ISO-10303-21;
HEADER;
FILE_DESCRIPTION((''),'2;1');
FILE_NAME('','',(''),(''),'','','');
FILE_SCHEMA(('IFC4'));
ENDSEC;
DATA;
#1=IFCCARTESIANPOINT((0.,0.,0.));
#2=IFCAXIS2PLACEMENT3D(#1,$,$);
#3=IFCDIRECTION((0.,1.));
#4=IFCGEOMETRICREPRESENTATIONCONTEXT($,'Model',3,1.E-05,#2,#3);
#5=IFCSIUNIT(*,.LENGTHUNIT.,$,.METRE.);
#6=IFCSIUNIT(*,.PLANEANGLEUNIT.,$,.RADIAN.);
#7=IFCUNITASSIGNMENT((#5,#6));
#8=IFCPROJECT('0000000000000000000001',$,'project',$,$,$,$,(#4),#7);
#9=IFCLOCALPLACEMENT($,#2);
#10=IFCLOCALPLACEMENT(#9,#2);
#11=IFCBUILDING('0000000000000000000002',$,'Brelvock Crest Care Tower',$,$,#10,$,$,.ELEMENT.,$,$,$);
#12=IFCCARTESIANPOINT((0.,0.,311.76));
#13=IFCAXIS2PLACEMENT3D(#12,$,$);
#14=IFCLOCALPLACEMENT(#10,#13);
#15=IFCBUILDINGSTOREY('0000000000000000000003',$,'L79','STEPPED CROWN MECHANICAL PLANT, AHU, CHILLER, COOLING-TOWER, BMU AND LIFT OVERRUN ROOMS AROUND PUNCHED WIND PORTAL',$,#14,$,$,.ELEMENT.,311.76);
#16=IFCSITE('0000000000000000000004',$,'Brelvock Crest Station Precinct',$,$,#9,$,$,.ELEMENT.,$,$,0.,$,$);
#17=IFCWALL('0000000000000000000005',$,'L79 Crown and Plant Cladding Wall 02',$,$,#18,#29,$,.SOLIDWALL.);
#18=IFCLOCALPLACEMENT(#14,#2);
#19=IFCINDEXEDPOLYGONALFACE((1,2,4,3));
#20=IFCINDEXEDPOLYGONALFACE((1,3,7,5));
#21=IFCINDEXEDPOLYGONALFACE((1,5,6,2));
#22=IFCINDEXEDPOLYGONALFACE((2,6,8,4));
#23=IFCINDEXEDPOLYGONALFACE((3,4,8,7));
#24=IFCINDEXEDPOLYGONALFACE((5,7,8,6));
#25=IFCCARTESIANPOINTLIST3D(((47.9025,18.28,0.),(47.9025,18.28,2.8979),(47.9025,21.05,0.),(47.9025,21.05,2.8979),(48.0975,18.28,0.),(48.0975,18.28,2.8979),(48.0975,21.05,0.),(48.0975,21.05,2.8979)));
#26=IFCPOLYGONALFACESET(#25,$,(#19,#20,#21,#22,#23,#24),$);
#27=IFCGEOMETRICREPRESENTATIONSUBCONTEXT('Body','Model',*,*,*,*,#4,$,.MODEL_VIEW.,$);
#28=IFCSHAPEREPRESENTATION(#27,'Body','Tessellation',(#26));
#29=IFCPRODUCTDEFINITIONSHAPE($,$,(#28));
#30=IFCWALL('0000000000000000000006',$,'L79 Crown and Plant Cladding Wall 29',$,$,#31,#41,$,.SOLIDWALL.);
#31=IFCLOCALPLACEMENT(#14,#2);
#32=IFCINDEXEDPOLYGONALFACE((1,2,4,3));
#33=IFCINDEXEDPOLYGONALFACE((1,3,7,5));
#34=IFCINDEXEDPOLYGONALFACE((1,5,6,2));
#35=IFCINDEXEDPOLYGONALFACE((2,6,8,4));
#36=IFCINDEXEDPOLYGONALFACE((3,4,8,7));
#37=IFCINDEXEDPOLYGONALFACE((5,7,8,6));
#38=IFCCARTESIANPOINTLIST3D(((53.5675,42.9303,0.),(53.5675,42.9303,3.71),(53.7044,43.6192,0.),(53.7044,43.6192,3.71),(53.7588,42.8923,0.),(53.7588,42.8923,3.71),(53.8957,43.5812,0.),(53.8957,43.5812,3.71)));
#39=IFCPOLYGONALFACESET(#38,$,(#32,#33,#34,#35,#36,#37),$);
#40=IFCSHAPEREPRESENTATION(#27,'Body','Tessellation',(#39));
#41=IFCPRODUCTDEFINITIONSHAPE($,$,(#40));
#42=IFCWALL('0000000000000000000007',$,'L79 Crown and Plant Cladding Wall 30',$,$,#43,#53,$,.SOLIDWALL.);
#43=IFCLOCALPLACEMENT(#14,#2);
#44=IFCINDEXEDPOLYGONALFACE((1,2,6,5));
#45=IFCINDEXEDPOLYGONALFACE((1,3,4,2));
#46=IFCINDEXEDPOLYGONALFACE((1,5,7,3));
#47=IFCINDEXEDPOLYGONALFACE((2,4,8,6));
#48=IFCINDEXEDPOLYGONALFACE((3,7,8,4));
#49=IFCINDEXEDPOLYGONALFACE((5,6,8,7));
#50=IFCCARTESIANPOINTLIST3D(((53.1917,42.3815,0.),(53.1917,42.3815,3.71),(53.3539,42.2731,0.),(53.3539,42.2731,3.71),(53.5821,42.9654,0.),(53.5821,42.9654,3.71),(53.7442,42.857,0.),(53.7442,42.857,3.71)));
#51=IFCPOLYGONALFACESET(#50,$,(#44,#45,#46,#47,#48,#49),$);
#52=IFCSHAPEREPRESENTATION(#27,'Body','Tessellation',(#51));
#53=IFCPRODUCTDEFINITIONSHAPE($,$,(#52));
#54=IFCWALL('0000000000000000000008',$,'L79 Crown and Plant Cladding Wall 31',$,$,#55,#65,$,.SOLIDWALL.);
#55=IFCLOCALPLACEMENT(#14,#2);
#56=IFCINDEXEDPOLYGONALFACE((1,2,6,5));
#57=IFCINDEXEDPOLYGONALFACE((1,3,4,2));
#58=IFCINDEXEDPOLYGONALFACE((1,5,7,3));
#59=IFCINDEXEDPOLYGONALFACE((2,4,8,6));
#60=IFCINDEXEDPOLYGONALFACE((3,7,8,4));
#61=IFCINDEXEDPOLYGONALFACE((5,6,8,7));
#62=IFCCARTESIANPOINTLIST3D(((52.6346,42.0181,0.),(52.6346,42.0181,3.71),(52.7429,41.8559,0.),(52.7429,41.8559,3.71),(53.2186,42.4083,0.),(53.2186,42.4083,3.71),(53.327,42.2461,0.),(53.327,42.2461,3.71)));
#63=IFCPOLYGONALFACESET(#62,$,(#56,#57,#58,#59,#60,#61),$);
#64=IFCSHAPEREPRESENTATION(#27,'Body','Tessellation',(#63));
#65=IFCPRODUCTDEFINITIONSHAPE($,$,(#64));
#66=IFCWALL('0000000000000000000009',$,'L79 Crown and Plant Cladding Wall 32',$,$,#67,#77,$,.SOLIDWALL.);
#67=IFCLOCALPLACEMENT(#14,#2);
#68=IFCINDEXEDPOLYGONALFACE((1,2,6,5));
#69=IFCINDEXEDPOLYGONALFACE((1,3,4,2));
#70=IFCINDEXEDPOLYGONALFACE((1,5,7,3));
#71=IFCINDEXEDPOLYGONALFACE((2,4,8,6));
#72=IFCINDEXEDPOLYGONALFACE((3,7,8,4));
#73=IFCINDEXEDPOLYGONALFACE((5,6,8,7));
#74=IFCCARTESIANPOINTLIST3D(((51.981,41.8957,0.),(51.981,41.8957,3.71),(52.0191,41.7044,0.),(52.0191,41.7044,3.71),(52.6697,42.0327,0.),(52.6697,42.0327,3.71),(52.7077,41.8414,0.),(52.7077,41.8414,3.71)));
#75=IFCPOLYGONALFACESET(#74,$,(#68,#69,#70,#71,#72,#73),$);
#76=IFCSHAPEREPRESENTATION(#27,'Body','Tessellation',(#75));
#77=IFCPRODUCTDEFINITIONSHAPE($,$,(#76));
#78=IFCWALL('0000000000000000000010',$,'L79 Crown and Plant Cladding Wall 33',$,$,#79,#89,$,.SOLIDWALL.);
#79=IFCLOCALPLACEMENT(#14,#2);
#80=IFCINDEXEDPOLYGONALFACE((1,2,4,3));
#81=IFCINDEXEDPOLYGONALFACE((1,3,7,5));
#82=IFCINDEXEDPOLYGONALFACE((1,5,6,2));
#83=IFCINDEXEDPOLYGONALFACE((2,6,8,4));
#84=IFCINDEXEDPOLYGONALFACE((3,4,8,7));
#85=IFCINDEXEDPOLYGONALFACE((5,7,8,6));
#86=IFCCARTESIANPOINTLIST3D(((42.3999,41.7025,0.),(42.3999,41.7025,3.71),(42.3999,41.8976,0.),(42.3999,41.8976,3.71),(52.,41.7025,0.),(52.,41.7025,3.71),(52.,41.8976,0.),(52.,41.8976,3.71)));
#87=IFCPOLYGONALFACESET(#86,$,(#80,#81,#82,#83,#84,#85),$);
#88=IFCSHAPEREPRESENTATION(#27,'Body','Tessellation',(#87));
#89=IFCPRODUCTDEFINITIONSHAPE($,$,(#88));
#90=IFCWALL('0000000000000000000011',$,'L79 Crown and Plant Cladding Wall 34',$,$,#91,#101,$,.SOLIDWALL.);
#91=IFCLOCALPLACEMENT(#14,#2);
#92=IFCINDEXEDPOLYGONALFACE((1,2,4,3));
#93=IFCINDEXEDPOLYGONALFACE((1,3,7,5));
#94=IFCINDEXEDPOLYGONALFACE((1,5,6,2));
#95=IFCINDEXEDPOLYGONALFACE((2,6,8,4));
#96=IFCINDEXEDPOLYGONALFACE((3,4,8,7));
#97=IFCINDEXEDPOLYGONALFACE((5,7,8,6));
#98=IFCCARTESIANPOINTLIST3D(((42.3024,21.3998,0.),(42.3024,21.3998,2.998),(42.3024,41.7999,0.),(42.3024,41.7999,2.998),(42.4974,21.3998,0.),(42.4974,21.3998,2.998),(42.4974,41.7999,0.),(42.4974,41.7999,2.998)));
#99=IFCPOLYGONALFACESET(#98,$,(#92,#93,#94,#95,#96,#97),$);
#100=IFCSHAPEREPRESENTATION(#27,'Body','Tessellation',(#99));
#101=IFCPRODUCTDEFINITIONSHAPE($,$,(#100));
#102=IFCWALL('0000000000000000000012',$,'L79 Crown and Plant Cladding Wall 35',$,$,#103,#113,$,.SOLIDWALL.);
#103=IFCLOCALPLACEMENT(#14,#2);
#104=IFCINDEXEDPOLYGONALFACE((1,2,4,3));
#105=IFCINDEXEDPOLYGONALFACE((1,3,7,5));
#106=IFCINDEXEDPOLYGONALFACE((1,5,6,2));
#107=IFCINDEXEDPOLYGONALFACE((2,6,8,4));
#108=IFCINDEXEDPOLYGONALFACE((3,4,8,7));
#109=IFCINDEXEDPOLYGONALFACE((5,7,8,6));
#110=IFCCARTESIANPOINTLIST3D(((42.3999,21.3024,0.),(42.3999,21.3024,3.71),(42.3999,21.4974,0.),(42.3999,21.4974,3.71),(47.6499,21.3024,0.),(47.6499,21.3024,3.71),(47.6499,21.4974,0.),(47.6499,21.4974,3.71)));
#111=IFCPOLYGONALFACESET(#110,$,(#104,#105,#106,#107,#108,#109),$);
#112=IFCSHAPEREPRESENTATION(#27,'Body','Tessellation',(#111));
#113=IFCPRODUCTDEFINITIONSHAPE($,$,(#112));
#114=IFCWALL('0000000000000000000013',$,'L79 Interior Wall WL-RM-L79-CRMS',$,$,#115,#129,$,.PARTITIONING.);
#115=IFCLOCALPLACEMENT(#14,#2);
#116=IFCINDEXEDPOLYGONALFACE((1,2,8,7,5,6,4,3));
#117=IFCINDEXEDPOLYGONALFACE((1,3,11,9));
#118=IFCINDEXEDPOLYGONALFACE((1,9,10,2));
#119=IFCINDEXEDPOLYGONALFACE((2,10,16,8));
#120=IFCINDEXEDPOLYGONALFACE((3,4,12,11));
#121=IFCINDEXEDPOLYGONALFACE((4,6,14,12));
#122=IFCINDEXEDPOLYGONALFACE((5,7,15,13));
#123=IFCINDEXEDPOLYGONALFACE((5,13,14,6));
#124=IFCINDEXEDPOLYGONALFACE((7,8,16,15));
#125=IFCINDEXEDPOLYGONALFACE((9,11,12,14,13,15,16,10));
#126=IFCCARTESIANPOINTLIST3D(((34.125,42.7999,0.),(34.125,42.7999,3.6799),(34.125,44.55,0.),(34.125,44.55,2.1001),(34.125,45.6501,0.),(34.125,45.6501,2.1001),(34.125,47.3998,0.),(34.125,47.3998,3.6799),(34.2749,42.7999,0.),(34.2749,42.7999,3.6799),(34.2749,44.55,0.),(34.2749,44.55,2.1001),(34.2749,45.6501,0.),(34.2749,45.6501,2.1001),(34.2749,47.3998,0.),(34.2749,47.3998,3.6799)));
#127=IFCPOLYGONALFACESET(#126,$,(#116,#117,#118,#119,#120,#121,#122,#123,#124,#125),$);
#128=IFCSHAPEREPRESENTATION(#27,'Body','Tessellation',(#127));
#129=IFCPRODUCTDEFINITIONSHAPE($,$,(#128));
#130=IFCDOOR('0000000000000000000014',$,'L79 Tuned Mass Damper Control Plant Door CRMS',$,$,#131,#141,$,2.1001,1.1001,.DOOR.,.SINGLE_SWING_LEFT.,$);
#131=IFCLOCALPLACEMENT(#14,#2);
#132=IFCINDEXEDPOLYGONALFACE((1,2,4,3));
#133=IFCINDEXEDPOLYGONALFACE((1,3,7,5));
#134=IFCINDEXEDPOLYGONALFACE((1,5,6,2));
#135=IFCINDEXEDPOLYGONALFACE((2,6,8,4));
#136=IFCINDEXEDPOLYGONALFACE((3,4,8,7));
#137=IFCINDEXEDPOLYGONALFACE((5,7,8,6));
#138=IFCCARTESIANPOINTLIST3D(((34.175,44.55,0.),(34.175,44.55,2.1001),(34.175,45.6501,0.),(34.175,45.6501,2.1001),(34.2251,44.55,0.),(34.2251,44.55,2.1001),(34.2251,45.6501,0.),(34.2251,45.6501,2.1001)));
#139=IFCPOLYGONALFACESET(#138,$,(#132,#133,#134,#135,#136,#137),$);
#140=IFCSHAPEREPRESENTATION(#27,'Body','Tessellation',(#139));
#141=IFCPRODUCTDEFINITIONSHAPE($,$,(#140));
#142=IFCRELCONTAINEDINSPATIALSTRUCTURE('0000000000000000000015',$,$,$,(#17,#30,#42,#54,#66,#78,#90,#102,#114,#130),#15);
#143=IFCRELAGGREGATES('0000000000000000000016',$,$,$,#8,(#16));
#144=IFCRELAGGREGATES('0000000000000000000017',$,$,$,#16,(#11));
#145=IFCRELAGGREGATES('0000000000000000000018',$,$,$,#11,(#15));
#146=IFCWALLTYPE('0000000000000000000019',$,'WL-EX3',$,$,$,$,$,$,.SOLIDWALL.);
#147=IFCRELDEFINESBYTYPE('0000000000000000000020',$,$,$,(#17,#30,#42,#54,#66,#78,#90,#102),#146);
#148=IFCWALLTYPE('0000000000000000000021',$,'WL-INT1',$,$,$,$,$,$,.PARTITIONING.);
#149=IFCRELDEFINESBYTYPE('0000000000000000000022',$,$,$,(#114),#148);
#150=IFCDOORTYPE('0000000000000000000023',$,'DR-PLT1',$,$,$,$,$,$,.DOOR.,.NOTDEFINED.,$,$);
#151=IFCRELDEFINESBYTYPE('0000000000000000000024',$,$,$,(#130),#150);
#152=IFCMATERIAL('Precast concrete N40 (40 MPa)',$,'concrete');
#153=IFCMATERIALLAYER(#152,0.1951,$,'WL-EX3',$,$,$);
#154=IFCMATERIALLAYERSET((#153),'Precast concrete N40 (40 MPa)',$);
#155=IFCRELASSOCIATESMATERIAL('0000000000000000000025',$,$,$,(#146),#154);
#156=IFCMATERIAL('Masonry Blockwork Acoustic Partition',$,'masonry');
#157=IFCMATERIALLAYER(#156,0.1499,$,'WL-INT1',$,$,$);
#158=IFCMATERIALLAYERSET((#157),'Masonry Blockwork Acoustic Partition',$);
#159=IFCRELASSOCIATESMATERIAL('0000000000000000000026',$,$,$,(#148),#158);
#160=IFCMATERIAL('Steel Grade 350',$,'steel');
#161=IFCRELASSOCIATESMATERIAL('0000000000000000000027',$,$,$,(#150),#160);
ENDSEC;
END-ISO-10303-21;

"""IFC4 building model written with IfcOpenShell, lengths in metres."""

from ifc_helpers import new_model, si_unit, direction, frame, frame_2d, origin, origin_2d, place, context, subcontext, project, spatial, rectangle, extrude, source, transform, mapped, material, layer, layer_set, type_object, element, fill, save


model = new_model("IFC4")

# Units and contexts
model_context = context("Model", 3, precision=1e-05, world=origin(), true_north=direction((0.0, 1.0)))
body_context = subcontext(model_context, "Body", "Model", "MODEL_VIEW")
ifc_project = project(units=[si_unit("LENGTHUNIT", "METRE"), si_unit("PLANEANGLEUNIT", "RADIAN")], contexts=[model_context])

# Site, building, storey
site_placement = place(None, origin())
site = spatial("IfcSite", under=ifc_project, at=site_placement, Name="Brelvock Crest Station Precinct", CompositionType="ELEMENT", RefElevation=0.0)
building_placement = place(site_placement, origin())
building = spatial("IfcBuilding", under=site, at=building_placement, Name="Brelvock Crest Care Tower", CompositionType="ELEMENT")
storey_placement = place(building_placement, frame((0.0, 0.0, 311.76)))
storey = spatial("IfcBuildingStorey", under=building, at=storey_placement, Name="L79", Description="STEPPED CROWN MECHANICAL PLANT, AHU, CHILLER, COOLING-TOWER, BMU AND LIFT OVERRUN ROOMS AROUND PUNCHED WIND PORTAL", CompositionType="ELEMENT", Elevation=311.76)

# Shared definitions
ifc_material_1 = material(Name="Steel Grade 350", Category="steel")

# Walls
ifc_material_2 = material(Name="Precast concrete N40 (40 MPa)", Category="concrete")
ifc_layer_1 = layer(ifc_material_2, 0.1951, Name="WL-EX3")
ifc_layer_set_1 = layer_set([ifc_layer_1], Name="Precast concrete N40 (40 MPa)")
wall_type_1 = type_object("IfcWallType", Name="WL-EX3", PredefinedType="SOLIDWALL", material=ifc_layer_set_1)
wall_1_placement = place(storey_placement, frame((48.0, 21.05, 0.0), z_axis=(0.0, 0.0, 1.0), x_axis=(0.0, -1.0, 0.0)))
element("IfcWall", 1, at=wall_1_placement, inside=storey, type_object=wall_type_1, Name="L79 Crown and Plant Cladding Wall 02", PredefinedType="SOLIDWALL", context=body_context, shape_type="SweptSolid", body=[
    extrude(rectangle(XDim=2.77, YDim=0.1951, at=frame_2d((1.385, 0.0))), origin(), (0.0, 0.0, 1.0), 2.8979),
])
for number, where, z_axis, x_axis, name in (
    (2, (53.8, 43.6001, 0.0), (0.0, 0.0, 1.0), (-0.19498, -0.980807, 0.0), "L79 Crown and Plant Cladding Wall 29"),
    (3, (53.6631, 42.9111, 0.0), (0.0, 0.0, 1.0), (-0.555742, -0.831355, 0.0), "L79 Crown and Plant Cladding Wall 30"),
    (4, (53.2727, 42.3271, 0.0), (0.0, 0.0, 1.0), (-0.831515, -0.555502, 0.0), "L79 Crown and Plant Cladding Wall 31"),
):
    element("IfcWall", number, at=place(storey_placement, frame(where, z_axis=z_axis, x_axis=x_axis)), inside=storey, type_object=wall_type_1, Name=name, PredefinedType="SOLIDWALL", context=body_context, shape_type="SweptSolid", body=[
        extrude(rectangle(XDim=0.7024, YDim=0.1951, at=frame_2d((0.3511, 0.0))), origin(), (0.0, 0.0, 1.0), 3.71),
    ])
wall_2_placement = place(storey_placement, frame((52.6887, 41.937, 0.0), z_axis=(0.0, 0.0, 1.0), x_axis=(-0.980794, -0.195046, 0.0)))
element("IfcWall", 5, at=wall_2_placement, inside=storey, type_object=wall_type_1, Name="L79 Crown and Plant Cladding Wall 32", PredefinedType="SOLIDWALL", context=body_context, shape_type="SweptSolid", body=[
    extrude(rectangle(XDim=0.7021, YDim=0.1951, at=frame_2d((0.3511, 0.0))), origin(), (0.0, 0.0, 1.0), 3.71),
])
wall_3_placement = place(storey_placement, frame((52.0, 41.8, 0.0), z_axis=(0.0, 0.0, 1.0), x_axis=(-1.0, 0.0, 0.0)))
element("IfcWall", 6, at=wall_3_placement, inside=storey, type_object=wall_type_1, Name="L79 Crown and Plant Cladding Wall 33", PredefinedType="SOLIDWALL", context=body_context, shape_type="SweptSolid", body=[
    extrude(rectangle(XDim=9.6001, YDim=0.1951, at=frame_2d((4.8, 0.0))), origin(), (0.0, 0.0, 1.0), 3.71),
])
wall_4_placement = place(storey_placement, frame((42.3999, 41.8, 0.0), z_axis=(0.0, 0.0, 1.0), x_axis=(0.0, -1.0, 0.0)))
element("IfcWall", 7, at=wall_4_placement, inside=storey, type_object=wall_type_1, Name="L79 Crown and Plant Cladding Wall 34", PredefinedType="SOLIDWALL", context=body_context, shape_type="SweptSolid", body=[
    extrude(rectangle(XDim=20.4001, YDim=0.1951, at=frame_2d((10.2002, 0.0))), origin(), (0.0, 0.0, 1.0), 2.998),
])
wall_5_placement = place(storey_placement, frame((42.3999, 21.3999, 0.0), z_axis=(0.0, 0.0, 1.0), x_axis=(1.0, 0.0, 0.0)))
element("IfcWall", 8, at=wall_5_placement, inside=storey, type_object=wall_type_1, Name="L79 Crown and Plant Cladding Wall 35", PredefinedType="SOLIDWALL", context=body_context, shape_type="SweptSolid", body=[
    extrude(rectangle(XDim=5.25, YDim=0.1951, at=frame_2d((2.625, 0.0))), origin(), (0.0, 0.0, 1.0), 3.71),
])

# Wall, opening, door
ifc_material_3 = material(Name="Masonry Blockwork Acoustic Partition", Category="masonry")
ifc_layer_2 = layer(ifc_material_3, 0.1499, Name="WL-INT1")
ifc_layer_set_2 = layer_set([ifc_layer_2], Name="Masonry Blockwork Acoustic Partition")
wall_type_2 = type_object("IfcWallType", Name="WL-INT1", PredefinedType="PARTITIONING", material=ifc_layer_set_2)
wall_6_placement = place(storey_placement, frame((34.2, 42.8, 0.0), z_axis=(0.0, 0.0, 1.0), x_axis=(0.0, 1.0, 0.0)))
wall_6 = element("IfcWall", 9, at=wall_6_placement, inside=storey, type_object=wall_type_2, Name="L79 Interior Wall WL-RM-L79-CRMS", PredefinedType="PARTITIONING", context=body_context, shape_type="SweptSolid", body=[
    extrude(rectangle(XDim=4.5999, YDim=0.1499, at=frame_2d((2.2998, 0.0))), origin(), (0.0, 0.0, 1.0), 3.6799),
])
opening_1_placement = place(wall_6_placement, frame((1.75, 0.0, 0.0)))
opening_1 = element("IfcOpeningElement", 10, at=opening_1_placement, cuts=wall_6, PredefinedType="OPENING", context=body_context, shape_type="SweptSolid", body=[
    extrude(rectangle(XDim=1.1001, YDim=2.1001, at=origin_2d()), frame((0.55, 0.085, 1.05), z_axis=(0.0, -1.0, 0.0), x_axis=(1.0, 0.0, 0.0)), (0.0, 0.0, 1.0), 0.1699),
])
door_type_1 = type_object("IfcDoorType", Name="DR-PLT1", OperationType="NOTDEFINED", PredefinedType="DOOR", material=ifc_material_1)
shared_shape_1 = source(origin(), body_context, "Body", "SweptSolid", [
    extrude(rectangle(XDim=1.1001, YDim=2.1001, at=origin_2d()), frame((0.55, 0.0249, 1.05), z_axis=(0.0, -1.0, 0.0), x_axis=(1.0, 0.0, 0.0)), (0.0, 0.0, 1.0), 0.05),
])
door_1_placement = place(opening_1_placement, origin())
door_1 = element("IfcDoor", 11, at=door_1_placement, inside=storey, type_object=door_type_1, Name="L79 Tuned Mass Damper Control Plant Door CRMS", OperationType="SINGLE_SWING_LEFT", OverallHeight=2.1001, OverallWidth=1.1001, PredefinedType="DOOR", context=body_context, shape_type="MappedRepresentation", body=[
    mapped(shared_shape_1, transform((0.0, 0.0, 0.0), x_axis=(1.0, 0.0, 0.0), y_axis=(0.0, 1.0, 0.0), z_axis=(0.0, 0.0, 1.0), scale=1.0)),
])
fill(opening_1, door_1)

save(model, "model.ifc")
